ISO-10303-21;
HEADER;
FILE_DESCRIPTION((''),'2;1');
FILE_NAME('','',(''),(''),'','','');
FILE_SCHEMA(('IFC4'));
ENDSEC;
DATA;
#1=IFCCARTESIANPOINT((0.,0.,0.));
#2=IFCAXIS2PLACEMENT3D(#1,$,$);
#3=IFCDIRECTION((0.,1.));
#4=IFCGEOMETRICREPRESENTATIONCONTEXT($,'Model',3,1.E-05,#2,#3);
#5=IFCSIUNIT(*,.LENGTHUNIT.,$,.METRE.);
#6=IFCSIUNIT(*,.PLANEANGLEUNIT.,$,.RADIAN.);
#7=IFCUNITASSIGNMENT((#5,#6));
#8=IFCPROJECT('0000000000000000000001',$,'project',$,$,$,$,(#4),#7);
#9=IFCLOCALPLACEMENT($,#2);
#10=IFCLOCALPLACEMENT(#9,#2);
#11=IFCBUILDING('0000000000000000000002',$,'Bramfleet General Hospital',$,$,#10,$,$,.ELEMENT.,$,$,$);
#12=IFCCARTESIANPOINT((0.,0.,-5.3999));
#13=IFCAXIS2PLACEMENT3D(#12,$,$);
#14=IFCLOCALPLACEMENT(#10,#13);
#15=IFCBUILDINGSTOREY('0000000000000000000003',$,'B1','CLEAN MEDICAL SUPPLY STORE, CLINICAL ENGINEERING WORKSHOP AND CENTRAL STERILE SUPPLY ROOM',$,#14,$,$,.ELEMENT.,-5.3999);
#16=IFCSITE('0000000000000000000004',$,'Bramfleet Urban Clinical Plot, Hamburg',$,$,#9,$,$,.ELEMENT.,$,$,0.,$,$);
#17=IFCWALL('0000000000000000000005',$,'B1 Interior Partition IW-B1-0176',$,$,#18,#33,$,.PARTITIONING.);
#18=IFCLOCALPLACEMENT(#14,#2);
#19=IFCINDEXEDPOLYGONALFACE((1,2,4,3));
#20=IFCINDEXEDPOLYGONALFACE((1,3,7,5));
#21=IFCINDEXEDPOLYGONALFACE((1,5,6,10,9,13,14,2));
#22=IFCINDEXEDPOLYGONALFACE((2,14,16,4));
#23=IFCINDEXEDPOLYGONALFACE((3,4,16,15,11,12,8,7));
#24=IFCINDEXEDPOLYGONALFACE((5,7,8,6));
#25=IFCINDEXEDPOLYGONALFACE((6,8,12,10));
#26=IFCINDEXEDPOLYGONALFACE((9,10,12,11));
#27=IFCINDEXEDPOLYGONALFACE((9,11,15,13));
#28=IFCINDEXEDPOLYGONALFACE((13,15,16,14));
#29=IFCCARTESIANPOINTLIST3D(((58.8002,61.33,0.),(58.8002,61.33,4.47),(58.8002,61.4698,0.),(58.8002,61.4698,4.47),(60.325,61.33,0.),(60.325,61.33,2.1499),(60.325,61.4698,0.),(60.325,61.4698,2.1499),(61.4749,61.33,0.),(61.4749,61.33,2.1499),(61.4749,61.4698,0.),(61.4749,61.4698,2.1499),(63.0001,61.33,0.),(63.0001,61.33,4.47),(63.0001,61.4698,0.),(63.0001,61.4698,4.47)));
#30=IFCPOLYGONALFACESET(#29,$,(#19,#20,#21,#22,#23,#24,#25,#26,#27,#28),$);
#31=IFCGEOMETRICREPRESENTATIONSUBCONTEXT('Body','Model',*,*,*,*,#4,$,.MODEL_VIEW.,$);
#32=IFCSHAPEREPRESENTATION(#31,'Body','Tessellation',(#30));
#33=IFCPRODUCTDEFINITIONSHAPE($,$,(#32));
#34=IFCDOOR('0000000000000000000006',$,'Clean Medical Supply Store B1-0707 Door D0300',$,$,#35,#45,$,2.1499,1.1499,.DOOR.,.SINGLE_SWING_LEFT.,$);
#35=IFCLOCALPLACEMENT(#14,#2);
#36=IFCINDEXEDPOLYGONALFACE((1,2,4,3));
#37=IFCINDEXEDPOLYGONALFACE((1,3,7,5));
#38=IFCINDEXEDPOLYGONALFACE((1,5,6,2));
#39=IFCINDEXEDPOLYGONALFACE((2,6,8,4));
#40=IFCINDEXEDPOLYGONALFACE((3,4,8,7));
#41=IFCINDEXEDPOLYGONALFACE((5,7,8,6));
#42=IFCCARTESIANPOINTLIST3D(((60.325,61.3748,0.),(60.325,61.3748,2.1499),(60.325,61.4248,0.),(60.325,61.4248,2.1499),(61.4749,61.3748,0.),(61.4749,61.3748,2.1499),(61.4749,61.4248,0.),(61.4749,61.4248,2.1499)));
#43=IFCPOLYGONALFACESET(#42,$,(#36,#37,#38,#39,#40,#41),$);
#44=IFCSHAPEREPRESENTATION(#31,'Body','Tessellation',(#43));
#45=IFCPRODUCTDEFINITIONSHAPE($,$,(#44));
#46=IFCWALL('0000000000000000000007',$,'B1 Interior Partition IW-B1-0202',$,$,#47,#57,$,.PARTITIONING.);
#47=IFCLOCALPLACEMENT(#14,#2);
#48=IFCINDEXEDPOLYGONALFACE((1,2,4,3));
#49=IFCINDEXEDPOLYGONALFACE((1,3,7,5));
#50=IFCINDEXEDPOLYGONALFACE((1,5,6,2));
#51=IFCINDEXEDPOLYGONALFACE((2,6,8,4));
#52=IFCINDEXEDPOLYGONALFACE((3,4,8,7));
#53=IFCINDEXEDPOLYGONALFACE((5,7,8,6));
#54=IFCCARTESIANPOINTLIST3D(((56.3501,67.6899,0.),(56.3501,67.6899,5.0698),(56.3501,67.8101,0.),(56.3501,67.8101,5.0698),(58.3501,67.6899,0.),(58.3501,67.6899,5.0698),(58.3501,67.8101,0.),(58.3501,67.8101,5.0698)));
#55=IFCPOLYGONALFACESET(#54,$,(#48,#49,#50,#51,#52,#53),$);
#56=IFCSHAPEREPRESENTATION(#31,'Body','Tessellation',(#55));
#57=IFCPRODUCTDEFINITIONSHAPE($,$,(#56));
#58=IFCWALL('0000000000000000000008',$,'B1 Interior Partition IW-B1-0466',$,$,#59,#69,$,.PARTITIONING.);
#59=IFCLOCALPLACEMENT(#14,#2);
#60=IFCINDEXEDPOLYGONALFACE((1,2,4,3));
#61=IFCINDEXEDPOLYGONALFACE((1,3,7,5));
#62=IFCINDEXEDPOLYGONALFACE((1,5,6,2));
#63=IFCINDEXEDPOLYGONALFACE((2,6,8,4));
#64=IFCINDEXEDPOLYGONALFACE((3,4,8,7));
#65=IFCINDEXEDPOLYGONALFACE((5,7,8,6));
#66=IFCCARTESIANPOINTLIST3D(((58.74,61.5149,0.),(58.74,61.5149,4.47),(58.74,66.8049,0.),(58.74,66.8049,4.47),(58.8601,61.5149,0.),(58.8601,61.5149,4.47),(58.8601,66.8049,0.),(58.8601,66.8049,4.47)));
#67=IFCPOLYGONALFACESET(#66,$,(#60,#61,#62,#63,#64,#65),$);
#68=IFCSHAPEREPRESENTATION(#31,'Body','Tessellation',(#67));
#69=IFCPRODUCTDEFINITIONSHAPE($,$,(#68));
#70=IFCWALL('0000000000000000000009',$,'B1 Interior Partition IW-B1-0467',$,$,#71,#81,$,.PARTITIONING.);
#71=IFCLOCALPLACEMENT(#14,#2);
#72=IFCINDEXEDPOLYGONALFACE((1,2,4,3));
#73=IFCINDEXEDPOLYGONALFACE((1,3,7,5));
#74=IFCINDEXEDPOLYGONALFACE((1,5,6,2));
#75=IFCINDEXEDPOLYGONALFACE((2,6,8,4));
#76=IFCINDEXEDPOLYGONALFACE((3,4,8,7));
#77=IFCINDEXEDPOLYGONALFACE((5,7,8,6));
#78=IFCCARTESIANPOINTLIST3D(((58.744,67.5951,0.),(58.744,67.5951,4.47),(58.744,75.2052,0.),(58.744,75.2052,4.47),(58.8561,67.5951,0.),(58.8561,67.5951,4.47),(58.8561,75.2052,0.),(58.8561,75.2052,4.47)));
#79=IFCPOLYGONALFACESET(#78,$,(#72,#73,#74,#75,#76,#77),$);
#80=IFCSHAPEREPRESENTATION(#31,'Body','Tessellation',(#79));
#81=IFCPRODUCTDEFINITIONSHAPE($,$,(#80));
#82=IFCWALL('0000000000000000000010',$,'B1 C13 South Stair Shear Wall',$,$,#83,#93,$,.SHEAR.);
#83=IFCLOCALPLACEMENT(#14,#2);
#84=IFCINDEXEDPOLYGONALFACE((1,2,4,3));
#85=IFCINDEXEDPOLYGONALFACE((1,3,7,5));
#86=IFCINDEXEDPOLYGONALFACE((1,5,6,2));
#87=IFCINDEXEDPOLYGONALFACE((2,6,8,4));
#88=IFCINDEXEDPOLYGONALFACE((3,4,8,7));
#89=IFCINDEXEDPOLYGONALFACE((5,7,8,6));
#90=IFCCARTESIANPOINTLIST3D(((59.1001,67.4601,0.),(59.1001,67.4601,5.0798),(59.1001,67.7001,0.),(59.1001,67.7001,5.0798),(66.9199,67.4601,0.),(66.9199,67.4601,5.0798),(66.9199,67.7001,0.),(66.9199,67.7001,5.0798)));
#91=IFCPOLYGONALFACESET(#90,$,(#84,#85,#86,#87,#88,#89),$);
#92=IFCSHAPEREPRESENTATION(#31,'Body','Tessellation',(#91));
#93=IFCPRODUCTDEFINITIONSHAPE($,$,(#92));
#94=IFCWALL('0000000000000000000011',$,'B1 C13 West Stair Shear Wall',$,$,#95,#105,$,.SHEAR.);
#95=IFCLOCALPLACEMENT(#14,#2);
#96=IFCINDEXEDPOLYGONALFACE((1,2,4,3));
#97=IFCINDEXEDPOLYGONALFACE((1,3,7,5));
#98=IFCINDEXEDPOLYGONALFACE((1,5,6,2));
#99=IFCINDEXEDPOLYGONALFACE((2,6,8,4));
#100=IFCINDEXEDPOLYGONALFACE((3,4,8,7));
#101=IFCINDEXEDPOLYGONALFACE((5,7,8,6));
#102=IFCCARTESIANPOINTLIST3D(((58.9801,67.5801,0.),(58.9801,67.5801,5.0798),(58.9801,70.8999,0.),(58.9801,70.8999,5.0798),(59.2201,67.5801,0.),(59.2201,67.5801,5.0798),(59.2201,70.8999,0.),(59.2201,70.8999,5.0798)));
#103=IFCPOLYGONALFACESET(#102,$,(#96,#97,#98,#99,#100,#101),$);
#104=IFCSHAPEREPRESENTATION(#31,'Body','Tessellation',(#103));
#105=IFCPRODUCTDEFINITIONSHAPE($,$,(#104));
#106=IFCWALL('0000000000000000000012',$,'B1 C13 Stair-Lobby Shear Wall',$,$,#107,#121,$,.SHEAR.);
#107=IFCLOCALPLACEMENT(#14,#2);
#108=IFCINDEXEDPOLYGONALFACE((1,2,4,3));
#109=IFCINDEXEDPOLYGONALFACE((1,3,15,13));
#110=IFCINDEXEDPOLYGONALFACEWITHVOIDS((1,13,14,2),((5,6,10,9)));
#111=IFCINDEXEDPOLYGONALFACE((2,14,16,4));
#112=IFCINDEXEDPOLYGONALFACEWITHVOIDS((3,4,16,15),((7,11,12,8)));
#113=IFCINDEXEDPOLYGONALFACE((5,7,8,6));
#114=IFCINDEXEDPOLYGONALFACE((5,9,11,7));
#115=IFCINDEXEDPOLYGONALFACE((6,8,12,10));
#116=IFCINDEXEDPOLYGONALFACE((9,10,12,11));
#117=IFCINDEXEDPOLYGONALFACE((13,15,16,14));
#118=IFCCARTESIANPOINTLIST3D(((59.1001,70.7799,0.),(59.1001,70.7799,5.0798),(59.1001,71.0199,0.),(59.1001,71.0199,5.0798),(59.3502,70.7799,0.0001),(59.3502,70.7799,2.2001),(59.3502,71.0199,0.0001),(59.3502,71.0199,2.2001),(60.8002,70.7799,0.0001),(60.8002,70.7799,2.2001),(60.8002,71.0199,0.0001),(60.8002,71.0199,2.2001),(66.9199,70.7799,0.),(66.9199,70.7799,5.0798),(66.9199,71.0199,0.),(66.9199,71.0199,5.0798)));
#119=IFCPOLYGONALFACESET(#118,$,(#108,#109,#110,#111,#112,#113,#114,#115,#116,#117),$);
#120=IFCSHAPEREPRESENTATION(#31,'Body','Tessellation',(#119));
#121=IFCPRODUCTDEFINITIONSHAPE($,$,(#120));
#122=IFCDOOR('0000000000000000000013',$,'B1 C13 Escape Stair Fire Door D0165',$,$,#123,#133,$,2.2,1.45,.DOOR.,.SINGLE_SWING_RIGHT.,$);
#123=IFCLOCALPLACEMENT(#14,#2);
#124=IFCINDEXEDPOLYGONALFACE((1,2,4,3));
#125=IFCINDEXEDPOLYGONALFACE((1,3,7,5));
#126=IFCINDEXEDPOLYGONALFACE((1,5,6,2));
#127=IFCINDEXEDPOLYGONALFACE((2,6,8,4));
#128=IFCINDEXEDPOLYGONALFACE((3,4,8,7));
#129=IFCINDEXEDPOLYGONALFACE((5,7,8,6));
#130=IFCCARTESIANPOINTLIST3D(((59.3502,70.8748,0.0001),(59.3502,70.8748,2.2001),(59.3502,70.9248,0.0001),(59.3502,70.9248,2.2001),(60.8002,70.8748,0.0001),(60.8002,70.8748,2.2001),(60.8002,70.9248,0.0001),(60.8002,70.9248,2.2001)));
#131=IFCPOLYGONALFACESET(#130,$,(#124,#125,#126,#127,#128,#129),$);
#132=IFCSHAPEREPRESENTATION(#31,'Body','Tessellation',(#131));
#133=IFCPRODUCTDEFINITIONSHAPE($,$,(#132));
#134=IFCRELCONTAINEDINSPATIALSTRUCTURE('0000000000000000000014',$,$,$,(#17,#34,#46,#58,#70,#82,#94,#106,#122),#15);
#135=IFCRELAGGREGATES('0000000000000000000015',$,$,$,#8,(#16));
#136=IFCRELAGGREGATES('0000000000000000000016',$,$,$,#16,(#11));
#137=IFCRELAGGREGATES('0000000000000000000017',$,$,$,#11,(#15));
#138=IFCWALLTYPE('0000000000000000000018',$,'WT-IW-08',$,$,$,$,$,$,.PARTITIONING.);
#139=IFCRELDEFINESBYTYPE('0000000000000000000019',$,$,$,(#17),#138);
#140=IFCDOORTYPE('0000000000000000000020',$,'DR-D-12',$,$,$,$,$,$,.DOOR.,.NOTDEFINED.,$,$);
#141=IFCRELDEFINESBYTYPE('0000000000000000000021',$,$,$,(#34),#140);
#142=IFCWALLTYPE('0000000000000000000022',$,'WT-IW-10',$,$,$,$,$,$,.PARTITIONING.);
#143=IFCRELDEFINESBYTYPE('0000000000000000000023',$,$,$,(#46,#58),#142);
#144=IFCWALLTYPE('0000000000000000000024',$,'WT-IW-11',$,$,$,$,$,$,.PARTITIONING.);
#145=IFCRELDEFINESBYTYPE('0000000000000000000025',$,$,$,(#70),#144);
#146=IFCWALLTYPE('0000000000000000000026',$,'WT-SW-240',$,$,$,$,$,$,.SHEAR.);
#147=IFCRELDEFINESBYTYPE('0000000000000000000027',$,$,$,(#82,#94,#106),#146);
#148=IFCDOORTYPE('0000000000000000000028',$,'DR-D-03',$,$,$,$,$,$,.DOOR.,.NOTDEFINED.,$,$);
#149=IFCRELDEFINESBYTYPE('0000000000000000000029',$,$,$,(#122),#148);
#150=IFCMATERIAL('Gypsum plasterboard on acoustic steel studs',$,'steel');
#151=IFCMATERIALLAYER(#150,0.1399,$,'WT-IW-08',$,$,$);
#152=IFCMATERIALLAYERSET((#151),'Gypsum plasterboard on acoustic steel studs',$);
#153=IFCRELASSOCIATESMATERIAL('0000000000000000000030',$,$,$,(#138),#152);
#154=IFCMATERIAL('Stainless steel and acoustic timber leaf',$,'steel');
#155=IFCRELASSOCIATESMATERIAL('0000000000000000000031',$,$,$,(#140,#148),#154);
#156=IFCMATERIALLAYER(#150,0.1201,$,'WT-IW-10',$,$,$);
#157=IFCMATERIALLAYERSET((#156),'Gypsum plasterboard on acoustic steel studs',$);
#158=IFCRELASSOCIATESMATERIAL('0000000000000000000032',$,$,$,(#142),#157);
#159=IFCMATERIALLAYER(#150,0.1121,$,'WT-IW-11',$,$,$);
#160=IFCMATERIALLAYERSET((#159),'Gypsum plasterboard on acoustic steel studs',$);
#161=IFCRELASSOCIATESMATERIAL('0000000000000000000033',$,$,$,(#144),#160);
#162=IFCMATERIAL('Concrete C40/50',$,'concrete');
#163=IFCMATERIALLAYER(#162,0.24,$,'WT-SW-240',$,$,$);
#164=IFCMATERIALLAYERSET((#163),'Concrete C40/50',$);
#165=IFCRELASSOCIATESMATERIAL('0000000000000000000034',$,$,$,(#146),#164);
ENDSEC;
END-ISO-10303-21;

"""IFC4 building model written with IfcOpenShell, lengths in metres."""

from ifc_helpers import new_model, si_unit, direction, frame, frame_2d, origin, place, context, subcontext, project, spatial, rectangle, extrude, material, layer, layer_set, type_object, element, fill, save


model = new_model("IFC4")

# Units and contexts
model_context = context("Model", 3, precision=1e-05, world=origin(), true_north=direction((0.0, 1.0)))
body_context = subcontext(model_context, "Body", "Model", "MODEL_VIEW")
ifc_project = project(units=[si_unit("LENGTHUNIT", "METRE"), si_unit("PLANEANGLEUNIT", "RADIAN")], contexts=[model_context])

# Site, building, storey
site_placement = place(None, origin())
site = spatial("IfcSite", under=ifc_project, at=site_placement, Name="Bramfleet Urban Clinical Plot, Hamburg", CompositionType="ELEMENT", RefElevation=0.0)
building_placement = place(site_placement, origin())
building = spatial("IfcBuilding", under=site, at=building_placement, Name="Bramfleet General Hospital", CompositionType="ELEMENT")
storey_placement = place(building_placement, frame((0.0, 0.0, -5.3999)))
storey = spatial("IfcBuildingStorey", under=building, at=storey_placement, Name="B1", Description="CLEAN MEDICAL SUPPLY STORE, CLINICAL ENGINEERING WORKSHOP AND CENTRAL STERILE SUPPLY ROOM", CompositionType="ELEMENT", Elevation=-5.3999)

# Shared definitions
ifc_material_1 = material(Name="Concrete C40/50", Category="concrete")

# Wall, opening, door
ifc_material_2 = material(Name="Gypsum plasterboard on acoustic steel studs", Category="steel")
ifc_material_3 = material(Name="Stainless steel and acoustic timber leaf", Category="steel")
ifc_layer_1 = layer(ifc_material_2, 0.1399, Name="WT-IW-08")
ifc_layer_set_1 = layer_set([ifc_layer_1], Name="Gypsum plasterboard on acoustic steel studs")
wall_type_1 = type_object("IfcWallType", Name="WT-IW-08", PredefinedType="PARTITIONING", material=ifc_layer_set_1)
wall_1_placement = place(storey_placement, frame((58.8, 61.3999, 0.0), z_axis=(0.0, 0.0, 1.0), x_axis=(1.0, 0.0, 0.0)))
wall_1 = element("IfcWall", 1, at=wall_1_placement, inside=storey, type_object=wall_type_1, Name="B1 Interior Partition IW-B1-0176", PredefinedType="PARTITIONING", context=body_context, shape_type="SweptSolid", body=[
    extrude(rectangle(XDim=4.2, YDim=0.1399, at=frame_2d((2.1001, 0.0))), origin(), (0.0, 0.0, 1.0), 4.47),
])
opening_1_placement = place(wall_1_placement, frame((1.5249, 0.0, 0.0)))
opening_1 = element("IfcOpeningElement", 2, at=opening_1_placement, cuts=wall_1, PredefinedType="OPENING", context=body_context, shape_type="SweptSolid", body=[
    extrude(rectangle(XDim=1.1499, YDim=2.1499, at=frame_2d((0.575, 1.075))), frame((0.0, 0.0798, 0.0), z_axis=(0.0, -1.0, 0.0), x_axis=(1.0, 0.0, 0.0)), (0.0, 0.0, 1.0), 0.1599),
])
door_type_1 = type_object("IfcDoorType", Name="DR-D-12", OperationType="NOTDEFINED", PredefinedType="DOOR", material=ifc_material_3)
door_1_placement = place(opening_1_placement, origin())
door_1 = element("IfcDoor", 3, at=door_1_placement, inside=storey, type_object=door_type_1, Name="Clean Medical Supply Store B1-0707 Door D0300", OperationType="SINGLE_SWING_LEFT", OverallHeight=2.1499, OverallWidth=1.1499, PredefinedType="DOOR", context=body_context, shape_type="SweptSolid", body=[
    extrude(rectangle(XDim=1.1499, YDim=2.1499, at=frame_2d((0.575, 1.075))), frame((0.0, 0.0249, 0.0), z_axis=(0.0, -1.0, 0.0), x_axis=(1.0, 0.0, 0.0)), (0.0, 0.0, 1.0), 0.05),
])
fill(opening_1, door_1)

# Walls
ifc_layer_2 = layer(ifc_material_2, 0.1201, Name="WT-IW-10")
ifc_layer_set_2 = layer_set([ifc_layer_2], Name="Gypsum plasterboard on acoustic steel studs")
wall_type_2 = type_object("IfcWallType", Name="WT-IW-10", PredefinedType="PARTITIONING", material=ifc_layer_set_2)
wall_2_placement = place(storey_placement, frame((56.3501, 67.75, 0.0), z_axis=(0.0, 0.0, 1.0), x_axis=(1.0, 0.0, 0.0)))
element("IfcWall", 4, at=wall_2_placement, inside=storey, type_object=wall_type_2, Name="B1 Interior Partition IW-B1-0202", PredefinedType="PARTITIONING", context=body_context, shape_type="SweptSolid", body=[
    extrude(rectangle(XDim=2.0, YDim=0.1201, at=frame_2d((1.0, 0.0))), origin(), (0.0, 0.0, 1.0), 5.0698),
])
wall_3_placement = place(storey_placement, frame((58.8, 61.5149, 0.0), z_axis=(0.0, 0.0, 1.0), x_axis=(0.0, 1.0, 0.0)))
element("IfcWall", 5, at=wall_3_placement, inside=storey, type_object=wall_type_2, Name="B1 Interior Partition IW-B1-0466", PredefinedType="PARTITIONING", context=body_context, shape_type="SweptSolid", body=[
    extrude(rectangle(XDim=5.29, YDim=0.1201, at=frame_2d((2.645, 0.0))), origin(), (0.0, 0.0, 1.0), 4.47),
])
ifc_layer_3 = layer(ifc_material_2, 0.1121, Name="WT-IW-11")
ifc_layer_set_3 = layer_set([ifc_layer_3], Name="Gypsum plasterboard on acoustic steel studs")
wall_type_3 = type_object("IfcWallType", Name="WT-IW-11", PredefinedType="PARTITIONING", material=ifc_layer_set_3)
wall_4_placement = place(storey_placement, frame((58.8, 67.595, 0.0), z_axis=(0.0, 0.0, 1.0), x_axis=(0.0, 1.0, 0.0)))
element("IfcWall", 6, at=wall_4_placement, inside=storey, type_object=wall_type_3, Name="B1 Interior Partition IW-B1-0467", PredefinedType="PARTITIONING", context=body_context, shape_type="SweptSolid", body=[
    extrude(rectangle(XDim=7.6101, YDim=0.1121, at=frame_2d((3.8052, 0.0))), origin(), (0.0, 0.0, 1.0), 4.47),
])
ifc_layer_4 = layer(ifc_material_1, 0.24, Name="WT-SW-240")
ifc_layer_set_4 = layer_set([ifc_layer_4], Name="Concrete C40/50")
wall_type_4 = type_object("IfcWallType", Name="WT-SW-240", PredefinedType="SHEAR", material=ifc_layer_set_4)
wall_5_placement = place(storey_placement, frame((59.1001, 67.5801, 0.0), z_axis=(0.0, 0.0, 1.0), x_axis=(1.0, 0.0, 0.0)))
element("IfcWall", 7, at=wall_5_placement, inside=storey, type_object=wall_type_4, Name="B1 C13 South Stair Shear Wall", PredefinedType="SHEAR", context=body_context, shape_type="SweptSolid", body=[
    extrude(rectangle(XDim=7.8198, YDim=0.24, at=frame_2d((3.9099, 0.0))), origin(), (0.0, 0.0, 1.0), 5.0798),
])
wall_6_placement = place(storey_placement, frame((59.1001, 67.5801, 0.0), z_axis=(0.0, 0.0, 1.0), x_axis=(0.0, 1.0, 0.0)))
element("IfcWall", 8, at=wall_6_placement, inside=storey, type_object=wall_type_4, Name="B1 C13 West Stair Shear Wall", PredefinedType="SHEAR", context=body_context, shape_type="SweptSolid", body=[
    extrude(rectangle(XDim=3.3198, YDim=0.24, at=frame_2d((1.6599, 0.0))), origin(), (0.0, 0.0, 1.0), 5.0798),
])

# Wall, opening, door
wall_7_placement = place(storey_placement, frame((59.1001, 70.8999, 0.0), z_axis=(0.0, 0.0, 1.0), x_axis=(1.0, 0.0, 0.0)))
wall_7 = element("IfcWall", 9, at=wall_7_placement, inside=storey, type_object=wall_type_4, Name="B1 C13 Stair-Lobby Shear Wall", PredefinedType="SHEAR", context=body_context, shape_type="SweptSolid", body=[
    extrude(rectangle(XDim=7.8198, YDim=0.24, at=frame_2d((3.9099, 0.0))), origin(), (0.0, 0.0, 1.0), 5.0798),
])
opening_2_placement = place(wall_7_placement, frame((0.25, 0.0, 0.0)))
opening_2 = element("IfcOpeningElement", 10, at=opening_2_placement, cuts=wall_7, PredefinedType="OPENING", context=body_context, shape_type="SweptSolid", body=[
    extrude(rectangle(XDim=1.45, YDim=2.2, at=frame_2d((0.7251, 1.1001))), frame((0.0, 0.1299, 0.0), z_axis=(0.0, -1.0, 0.0), x_axis=(1.0, 0.0, 0.0)), (0.0, 0.0, 1.0), 0.26),
])
door_type_2 = type_object("IfcDoorType", Name="DR-D-03", OperationType="NOTDEFINED", PredefinedType="DOOR", material=ifc_material_3)
door_2_placement = place(opening_2_placement, origin())
door_2 = element("IfcDoor", 11, at=door_2_placement, inside=storey, type_object=door_type_2, Name="B1 C13 Escape Stair Fire Door D0165", OperationType="SINGLE_SWING_RIGHT", OverallHeight=2.2, OverallWidth=1.45, PredefinedType="DOOR", context=body_context, shape_type="SweptSolid", body=[
    extrude(rectangle(XDim=1.45, YDim=2.2, at=frame_2d((0.7251, 1.1001))), frame((0.0, 0.0249, 0.0), z_axis=(0.0, -1.0, 0.0), x_axis=(1.0, 0.0, 0.0)), (0.0, 0.0, 1.0), 0.05),
])
fill(opening_2, door_2)

save(model, "model.ifc")
